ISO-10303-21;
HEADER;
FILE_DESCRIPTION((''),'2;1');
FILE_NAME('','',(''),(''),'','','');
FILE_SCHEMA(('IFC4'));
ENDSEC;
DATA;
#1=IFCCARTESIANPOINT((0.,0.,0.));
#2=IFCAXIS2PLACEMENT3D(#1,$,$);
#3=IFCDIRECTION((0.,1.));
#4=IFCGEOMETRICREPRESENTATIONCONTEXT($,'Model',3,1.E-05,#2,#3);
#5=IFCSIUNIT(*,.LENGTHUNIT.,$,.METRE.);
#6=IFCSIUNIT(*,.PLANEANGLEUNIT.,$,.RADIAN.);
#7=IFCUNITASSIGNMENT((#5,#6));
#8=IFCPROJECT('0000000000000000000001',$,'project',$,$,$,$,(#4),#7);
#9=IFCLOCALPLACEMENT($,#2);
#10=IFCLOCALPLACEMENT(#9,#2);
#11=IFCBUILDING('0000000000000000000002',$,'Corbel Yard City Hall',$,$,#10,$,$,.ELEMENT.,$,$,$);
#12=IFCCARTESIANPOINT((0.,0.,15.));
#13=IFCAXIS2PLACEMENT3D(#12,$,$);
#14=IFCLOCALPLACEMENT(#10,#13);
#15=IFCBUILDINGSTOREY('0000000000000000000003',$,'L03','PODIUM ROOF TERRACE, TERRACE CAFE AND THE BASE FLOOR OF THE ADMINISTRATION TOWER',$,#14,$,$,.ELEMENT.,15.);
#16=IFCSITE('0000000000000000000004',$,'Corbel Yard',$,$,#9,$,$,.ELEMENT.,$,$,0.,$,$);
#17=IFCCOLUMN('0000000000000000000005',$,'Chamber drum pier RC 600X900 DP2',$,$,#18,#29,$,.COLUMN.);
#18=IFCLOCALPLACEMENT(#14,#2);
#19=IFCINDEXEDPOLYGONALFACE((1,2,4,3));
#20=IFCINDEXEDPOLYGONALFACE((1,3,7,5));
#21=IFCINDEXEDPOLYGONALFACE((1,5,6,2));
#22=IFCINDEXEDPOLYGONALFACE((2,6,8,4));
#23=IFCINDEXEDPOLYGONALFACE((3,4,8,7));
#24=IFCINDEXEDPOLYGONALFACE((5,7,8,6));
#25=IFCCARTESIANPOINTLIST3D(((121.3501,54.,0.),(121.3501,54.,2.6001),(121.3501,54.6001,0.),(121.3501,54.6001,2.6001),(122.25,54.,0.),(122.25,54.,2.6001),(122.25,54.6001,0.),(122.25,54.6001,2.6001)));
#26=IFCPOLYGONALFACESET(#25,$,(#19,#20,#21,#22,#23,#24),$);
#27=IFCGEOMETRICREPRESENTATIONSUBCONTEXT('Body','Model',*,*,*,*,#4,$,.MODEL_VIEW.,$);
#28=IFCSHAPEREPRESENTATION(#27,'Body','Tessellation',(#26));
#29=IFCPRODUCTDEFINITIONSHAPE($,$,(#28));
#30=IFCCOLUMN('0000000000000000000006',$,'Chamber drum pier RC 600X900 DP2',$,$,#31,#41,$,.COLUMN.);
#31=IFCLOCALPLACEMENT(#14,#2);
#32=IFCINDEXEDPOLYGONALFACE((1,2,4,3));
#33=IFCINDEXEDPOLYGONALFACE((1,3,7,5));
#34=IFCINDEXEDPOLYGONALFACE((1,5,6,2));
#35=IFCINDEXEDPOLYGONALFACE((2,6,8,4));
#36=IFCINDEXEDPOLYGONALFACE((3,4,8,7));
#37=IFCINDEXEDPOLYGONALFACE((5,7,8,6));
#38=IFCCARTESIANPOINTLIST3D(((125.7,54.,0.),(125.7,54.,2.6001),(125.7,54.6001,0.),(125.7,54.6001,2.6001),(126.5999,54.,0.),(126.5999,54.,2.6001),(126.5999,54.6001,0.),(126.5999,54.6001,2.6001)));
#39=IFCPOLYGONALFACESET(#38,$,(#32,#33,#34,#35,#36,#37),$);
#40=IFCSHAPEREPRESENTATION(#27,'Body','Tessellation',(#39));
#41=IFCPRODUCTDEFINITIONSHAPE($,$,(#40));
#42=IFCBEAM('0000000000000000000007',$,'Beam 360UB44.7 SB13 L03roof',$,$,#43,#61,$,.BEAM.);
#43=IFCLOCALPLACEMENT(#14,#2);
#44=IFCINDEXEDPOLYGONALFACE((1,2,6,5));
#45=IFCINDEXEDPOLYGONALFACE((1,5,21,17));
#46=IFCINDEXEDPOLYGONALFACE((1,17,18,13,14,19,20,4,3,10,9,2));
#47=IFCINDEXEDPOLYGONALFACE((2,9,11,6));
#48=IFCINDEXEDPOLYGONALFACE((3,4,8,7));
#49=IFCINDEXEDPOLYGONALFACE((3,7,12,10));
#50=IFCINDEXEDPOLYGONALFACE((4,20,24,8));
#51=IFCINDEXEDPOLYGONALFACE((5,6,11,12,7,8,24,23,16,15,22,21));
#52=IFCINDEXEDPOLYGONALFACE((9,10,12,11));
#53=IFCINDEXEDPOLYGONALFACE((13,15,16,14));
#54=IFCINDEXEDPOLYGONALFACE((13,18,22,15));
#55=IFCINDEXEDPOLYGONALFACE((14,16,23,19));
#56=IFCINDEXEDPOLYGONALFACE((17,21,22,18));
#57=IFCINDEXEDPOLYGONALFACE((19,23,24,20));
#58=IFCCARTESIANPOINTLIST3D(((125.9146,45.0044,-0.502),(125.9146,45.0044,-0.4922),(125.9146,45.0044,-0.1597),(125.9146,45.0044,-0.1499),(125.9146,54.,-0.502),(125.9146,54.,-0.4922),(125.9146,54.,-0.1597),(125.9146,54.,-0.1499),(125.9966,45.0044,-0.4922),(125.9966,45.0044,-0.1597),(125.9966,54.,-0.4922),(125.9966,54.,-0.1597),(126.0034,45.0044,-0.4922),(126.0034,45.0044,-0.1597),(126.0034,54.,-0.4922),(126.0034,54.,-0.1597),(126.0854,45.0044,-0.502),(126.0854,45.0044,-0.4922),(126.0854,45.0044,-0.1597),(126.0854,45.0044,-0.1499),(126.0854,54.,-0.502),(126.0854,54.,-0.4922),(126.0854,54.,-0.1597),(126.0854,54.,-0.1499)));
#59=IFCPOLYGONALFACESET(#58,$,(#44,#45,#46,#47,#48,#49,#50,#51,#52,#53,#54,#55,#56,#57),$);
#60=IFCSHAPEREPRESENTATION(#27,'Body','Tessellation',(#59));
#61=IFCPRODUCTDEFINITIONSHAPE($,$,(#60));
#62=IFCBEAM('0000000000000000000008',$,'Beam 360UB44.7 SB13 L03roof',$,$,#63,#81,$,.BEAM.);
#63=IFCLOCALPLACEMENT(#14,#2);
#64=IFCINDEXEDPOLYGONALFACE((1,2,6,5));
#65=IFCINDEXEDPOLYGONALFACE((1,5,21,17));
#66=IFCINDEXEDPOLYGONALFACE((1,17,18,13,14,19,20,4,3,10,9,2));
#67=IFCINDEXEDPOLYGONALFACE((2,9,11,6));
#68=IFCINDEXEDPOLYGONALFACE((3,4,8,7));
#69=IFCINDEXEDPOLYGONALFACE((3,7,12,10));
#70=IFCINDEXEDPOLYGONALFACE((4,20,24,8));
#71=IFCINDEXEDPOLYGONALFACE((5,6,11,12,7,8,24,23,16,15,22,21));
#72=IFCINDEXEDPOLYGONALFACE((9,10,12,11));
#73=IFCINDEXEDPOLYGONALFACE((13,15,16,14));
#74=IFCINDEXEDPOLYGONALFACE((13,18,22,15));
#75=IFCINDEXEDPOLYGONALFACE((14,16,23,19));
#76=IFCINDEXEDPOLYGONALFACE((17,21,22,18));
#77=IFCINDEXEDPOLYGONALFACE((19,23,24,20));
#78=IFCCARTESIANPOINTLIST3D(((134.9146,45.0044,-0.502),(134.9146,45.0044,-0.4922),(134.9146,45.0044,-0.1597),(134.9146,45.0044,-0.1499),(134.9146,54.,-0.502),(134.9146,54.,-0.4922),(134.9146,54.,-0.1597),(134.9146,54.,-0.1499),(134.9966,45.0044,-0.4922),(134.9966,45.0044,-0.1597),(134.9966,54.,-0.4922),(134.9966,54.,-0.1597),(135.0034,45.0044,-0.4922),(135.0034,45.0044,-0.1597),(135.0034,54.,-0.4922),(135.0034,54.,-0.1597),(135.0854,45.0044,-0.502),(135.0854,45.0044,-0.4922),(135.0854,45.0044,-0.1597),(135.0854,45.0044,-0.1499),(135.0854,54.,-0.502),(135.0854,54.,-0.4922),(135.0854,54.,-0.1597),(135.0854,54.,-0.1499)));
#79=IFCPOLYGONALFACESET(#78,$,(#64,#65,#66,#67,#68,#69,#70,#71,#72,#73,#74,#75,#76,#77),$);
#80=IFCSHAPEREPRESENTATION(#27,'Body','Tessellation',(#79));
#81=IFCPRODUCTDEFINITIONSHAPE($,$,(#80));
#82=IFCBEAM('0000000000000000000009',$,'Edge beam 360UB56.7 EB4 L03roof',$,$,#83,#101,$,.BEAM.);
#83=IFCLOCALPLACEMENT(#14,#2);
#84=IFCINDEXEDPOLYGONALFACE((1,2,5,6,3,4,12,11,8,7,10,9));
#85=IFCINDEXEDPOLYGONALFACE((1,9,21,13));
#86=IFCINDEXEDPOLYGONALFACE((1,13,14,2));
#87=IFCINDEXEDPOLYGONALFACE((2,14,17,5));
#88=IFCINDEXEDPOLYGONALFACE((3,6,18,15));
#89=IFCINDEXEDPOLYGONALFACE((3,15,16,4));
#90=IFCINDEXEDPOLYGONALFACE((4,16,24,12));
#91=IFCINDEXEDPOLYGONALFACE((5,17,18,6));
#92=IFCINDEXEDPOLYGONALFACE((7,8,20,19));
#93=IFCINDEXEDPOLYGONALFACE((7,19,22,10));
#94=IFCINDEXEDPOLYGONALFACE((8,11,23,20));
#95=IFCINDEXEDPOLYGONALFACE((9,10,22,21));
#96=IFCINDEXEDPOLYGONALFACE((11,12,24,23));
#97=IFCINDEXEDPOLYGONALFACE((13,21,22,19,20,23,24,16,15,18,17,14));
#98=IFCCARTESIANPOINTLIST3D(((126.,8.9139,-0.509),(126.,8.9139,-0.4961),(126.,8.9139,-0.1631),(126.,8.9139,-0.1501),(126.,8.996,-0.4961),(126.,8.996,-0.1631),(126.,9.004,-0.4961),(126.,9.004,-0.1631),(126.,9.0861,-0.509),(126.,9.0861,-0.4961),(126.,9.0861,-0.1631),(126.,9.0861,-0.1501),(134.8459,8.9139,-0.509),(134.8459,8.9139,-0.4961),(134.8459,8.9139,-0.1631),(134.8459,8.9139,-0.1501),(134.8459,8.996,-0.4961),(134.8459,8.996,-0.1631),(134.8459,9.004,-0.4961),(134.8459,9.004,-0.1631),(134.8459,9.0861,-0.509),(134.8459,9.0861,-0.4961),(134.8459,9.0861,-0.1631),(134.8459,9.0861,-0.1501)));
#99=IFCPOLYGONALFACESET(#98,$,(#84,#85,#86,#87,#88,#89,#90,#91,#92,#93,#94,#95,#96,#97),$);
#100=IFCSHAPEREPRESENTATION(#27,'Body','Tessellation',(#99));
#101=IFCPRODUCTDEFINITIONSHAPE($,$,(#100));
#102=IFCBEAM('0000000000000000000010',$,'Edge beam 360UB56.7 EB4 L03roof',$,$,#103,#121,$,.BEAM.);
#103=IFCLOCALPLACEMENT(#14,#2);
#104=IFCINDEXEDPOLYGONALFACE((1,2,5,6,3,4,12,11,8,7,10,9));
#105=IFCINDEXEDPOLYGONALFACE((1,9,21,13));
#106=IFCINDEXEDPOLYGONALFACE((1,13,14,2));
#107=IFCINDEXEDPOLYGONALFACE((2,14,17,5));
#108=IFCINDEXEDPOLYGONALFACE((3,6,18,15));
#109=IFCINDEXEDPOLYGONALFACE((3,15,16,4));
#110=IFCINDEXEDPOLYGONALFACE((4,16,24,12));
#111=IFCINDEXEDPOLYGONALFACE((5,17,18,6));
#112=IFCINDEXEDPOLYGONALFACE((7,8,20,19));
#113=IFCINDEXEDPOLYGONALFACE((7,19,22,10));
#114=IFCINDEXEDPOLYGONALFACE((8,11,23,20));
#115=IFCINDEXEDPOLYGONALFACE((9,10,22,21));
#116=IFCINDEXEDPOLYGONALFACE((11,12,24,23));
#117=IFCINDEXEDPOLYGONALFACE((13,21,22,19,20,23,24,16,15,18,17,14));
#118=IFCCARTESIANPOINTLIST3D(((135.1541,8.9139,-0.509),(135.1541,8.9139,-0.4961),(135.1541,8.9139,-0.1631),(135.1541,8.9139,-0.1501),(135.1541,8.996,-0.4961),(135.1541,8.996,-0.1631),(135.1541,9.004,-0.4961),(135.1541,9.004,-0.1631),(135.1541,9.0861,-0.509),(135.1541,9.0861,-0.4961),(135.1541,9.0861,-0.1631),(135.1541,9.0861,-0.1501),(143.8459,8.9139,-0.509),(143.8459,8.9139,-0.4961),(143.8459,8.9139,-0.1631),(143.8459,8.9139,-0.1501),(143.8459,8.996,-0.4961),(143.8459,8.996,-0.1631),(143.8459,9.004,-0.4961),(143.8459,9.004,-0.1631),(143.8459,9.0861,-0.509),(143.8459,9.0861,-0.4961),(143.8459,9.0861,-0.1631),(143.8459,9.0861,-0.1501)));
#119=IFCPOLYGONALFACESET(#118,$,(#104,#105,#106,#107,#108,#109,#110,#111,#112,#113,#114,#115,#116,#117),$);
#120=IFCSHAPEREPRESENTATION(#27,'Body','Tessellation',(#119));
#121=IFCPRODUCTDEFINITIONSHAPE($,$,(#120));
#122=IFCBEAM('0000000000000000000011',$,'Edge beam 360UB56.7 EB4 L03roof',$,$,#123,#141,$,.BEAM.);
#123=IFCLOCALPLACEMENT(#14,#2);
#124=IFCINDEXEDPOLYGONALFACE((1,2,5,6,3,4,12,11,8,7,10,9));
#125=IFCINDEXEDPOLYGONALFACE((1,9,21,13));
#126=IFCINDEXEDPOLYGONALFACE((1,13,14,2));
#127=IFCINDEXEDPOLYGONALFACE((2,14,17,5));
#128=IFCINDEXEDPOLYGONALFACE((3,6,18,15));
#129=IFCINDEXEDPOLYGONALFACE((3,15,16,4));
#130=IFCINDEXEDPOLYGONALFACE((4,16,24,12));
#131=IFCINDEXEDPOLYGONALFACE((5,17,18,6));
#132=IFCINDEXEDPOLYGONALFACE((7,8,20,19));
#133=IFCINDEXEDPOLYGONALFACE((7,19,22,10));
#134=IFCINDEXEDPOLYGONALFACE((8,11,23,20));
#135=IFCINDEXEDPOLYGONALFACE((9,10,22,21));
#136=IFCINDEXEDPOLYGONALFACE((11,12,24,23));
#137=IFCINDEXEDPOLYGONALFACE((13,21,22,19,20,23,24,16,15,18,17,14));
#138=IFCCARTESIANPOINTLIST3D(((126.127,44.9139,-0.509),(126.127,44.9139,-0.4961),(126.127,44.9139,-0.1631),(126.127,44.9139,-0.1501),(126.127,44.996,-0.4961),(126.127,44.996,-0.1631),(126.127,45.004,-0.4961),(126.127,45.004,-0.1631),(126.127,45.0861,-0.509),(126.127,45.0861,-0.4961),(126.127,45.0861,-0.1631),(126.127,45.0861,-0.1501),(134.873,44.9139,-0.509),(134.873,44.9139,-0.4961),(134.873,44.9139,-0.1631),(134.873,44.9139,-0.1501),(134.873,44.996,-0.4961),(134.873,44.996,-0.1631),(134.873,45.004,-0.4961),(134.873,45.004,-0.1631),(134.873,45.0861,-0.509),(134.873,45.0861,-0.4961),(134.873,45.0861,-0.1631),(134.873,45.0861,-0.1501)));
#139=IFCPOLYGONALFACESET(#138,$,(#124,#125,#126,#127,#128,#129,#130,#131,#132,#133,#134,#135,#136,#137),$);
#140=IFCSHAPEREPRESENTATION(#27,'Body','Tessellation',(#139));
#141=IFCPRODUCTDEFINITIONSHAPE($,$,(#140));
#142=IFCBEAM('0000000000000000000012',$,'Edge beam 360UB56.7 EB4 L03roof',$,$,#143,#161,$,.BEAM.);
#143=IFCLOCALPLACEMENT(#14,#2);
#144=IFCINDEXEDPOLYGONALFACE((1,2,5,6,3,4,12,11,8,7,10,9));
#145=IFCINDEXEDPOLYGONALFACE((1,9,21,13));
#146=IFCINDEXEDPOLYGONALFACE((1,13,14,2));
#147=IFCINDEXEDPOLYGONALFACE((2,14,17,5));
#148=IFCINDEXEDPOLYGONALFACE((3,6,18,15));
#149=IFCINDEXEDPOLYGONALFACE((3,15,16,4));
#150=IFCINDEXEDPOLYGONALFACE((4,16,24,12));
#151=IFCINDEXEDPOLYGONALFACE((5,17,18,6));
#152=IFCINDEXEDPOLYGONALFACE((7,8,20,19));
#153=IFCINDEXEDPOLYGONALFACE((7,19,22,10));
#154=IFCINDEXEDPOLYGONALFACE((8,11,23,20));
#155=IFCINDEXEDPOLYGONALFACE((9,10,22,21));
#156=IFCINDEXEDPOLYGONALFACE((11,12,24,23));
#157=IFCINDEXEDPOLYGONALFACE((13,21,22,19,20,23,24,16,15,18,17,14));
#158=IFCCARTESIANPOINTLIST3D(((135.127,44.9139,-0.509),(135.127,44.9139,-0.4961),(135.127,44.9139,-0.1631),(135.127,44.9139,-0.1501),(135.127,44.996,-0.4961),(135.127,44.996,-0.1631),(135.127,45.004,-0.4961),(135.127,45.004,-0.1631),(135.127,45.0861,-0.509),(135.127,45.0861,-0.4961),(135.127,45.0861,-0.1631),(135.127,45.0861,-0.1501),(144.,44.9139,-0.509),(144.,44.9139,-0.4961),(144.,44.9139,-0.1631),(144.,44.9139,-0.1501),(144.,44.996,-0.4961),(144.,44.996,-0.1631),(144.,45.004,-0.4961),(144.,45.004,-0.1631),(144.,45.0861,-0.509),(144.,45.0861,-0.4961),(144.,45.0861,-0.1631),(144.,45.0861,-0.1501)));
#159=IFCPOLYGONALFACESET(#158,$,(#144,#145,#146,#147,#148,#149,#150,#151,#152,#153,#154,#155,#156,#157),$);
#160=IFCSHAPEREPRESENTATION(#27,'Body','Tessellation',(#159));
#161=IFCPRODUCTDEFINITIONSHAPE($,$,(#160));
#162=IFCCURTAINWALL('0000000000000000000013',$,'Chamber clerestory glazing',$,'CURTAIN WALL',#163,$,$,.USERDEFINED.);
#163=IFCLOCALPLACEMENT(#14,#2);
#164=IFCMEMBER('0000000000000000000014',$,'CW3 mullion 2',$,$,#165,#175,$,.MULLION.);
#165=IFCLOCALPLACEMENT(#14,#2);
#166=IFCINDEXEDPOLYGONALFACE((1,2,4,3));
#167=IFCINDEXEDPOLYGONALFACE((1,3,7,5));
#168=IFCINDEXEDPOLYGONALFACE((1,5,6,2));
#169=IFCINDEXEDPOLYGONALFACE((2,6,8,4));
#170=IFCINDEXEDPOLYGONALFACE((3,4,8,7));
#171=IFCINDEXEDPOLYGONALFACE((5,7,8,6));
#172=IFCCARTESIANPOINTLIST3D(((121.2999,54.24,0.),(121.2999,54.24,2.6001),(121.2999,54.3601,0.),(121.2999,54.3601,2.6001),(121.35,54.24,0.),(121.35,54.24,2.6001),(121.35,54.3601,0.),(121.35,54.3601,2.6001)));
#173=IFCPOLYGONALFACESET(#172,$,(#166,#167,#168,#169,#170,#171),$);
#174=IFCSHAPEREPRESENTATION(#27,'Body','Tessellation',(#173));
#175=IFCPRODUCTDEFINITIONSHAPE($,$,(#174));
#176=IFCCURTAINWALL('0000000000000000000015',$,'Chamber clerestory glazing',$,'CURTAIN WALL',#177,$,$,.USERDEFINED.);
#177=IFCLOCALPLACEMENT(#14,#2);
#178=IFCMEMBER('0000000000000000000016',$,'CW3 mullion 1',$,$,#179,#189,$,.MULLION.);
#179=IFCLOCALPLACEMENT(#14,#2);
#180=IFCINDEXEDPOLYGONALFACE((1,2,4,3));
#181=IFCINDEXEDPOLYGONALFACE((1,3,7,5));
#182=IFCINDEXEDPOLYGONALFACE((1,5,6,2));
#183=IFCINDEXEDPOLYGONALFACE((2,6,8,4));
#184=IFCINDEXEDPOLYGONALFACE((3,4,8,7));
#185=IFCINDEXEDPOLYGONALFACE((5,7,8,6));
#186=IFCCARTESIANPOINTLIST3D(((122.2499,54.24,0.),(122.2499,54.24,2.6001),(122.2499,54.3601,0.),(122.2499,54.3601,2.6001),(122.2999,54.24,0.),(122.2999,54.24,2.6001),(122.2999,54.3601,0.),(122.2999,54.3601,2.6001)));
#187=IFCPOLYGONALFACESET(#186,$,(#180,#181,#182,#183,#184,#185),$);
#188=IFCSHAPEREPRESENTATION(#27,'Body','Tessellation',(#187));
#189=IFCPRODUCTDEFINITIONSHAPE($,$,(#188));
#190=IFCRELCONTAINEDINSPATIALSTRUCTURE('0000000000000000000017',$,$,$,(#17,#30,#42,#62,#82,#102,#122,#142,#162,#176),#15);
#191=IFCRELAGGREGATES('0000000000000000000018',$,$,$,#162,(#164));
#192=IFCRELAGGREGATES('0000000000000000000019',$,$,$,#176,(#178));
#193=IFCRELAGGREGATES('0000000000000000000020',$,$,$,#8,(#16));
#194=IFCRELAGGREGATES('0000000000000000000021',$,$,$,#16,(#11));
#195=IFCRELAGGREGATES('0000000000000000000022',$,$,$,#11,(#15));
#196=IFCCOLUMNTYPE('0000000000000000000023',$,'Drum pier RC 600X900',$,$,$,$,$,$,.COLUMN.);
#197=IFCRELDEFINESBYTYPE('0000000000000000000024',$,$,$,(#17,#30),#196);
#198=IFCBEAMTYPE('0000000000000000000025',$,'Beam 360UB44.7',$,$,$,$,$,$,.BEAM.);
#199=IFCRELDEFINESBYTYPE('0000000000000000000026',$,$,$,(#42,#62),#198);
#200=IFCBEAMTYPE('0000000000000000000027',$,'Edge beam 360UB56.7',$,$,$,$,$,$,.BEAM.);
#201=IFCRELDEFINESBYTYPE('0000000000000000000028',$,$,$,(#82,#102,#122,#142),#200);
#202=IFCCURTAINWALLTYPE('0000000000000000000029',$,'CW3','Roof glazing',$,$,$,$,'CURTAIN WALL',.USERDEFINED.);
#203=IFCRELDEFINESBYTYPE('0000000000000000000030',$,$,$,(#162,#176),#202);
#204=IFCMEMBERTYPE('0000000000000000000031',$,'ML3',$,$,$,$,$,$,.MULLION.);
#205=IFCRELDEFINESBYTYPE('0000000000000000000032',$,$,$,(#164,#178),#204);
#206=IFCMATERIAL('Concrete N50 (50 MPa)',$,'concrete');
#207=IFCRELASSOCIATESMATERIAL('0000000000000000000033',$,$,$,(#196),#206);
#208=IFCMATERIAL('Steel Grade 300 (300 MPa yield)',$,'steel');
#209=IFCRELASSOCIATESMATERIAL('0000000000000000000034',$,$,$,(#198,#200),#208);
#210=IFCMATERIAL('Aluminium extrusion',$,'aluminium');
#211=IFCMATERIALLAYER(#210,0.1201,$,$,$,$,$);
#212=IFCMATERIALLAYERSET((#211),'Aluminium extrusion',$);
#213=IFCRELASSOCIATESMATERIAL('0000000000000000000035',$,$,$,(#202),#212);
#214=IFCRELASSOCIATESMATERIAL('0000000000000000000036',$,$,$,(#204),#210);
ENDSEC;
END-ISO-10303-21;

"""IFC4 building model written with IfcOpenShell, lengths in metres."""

from ifc_helpers import new_model, si_unit, direction, frame, origin, origin_2d, place, context, subcontext, project, spatial, rectangle, i_section, extrude, material, layer, layer_set, material_profile, profile_set, type_object, element, aggregate, save


model = new_model("IFC4")

# Units and contexts
model_context = context("Model", 3, precision=1e-05, world=origin(), true_north=direction((0.0, 1.0)))
body_context = subcontext(model_context, "Body", "Model", "MODEL_VIEW")
ifc_project = project(units=[si_unit("LENGTHUNIT", "METRE"), si_unit("PLANEANGLEUNIT", "RADIAN")], contexts=[model_context])

# Site, building, storey
site_placement = place(None, origin())
site = spatial("IfcSite", under=ifc_project, at=site_placement, Name="Corbel Yard", CompositionType="ELEMENT", RefElevation=0.0)
building_placement = place(site_placement, origin())
building = spatial("IfcBuilding", under=site, at=building_placement, Name="Corbel Yard City Hall", CompositionType="ELEMENT")
storey_placement = place(building_placement, frame((0.0, 0.0, 15.0)))
storey = spatial("IfcBuildingStorey", under=building, at=storey_placement, Name="L03", Description="PODIUM ROOF TERRACE, TERRACE CAFE AND THE BASE FLOOR OF THE ADMINISTRATION TOWER", CompositionType="ELEMENT", Elevation=15.0)

# Columns
ifc_material_1 = material(Name="Concrete N50 (50 MPa)", Category="concrete")
ifc_material_profile_1 = material_profile(ifc_material_1, rectangle(XDim=0.6001, YDim=0.8999, at=origin_2d()), Name="600x900")
ifc_profile_set_1 = profile_set([ifc_material_profile_1], Name="Concrete N50 (50 MPa)")
column_type = type_object("IfcColumnType", Name="Drum pier RC 600X900", PredefinedType="COLUMN", material=ifc_profile_set_1)
for number, where, z_axis, x_axis, name in (
    (1, (121.8, 54.3, 0.0), (0.0, 0.0, 1.0), (0.0, 1.0, 0.0), "Chamber drum pier RC 600X900 DP2"),
    (2, (126.1499, 54.3, 0.0), (0.0, 0.0, 1.0), (0.0, 1.0, 0.0), "Chamber drum pier RC 600X900 DP2"),
):
    element("IfcColumn", number, at=place(storey_placement, frame(where, z_axis=z_axis, x_axis=x_axis)), inside=storey, type_object=column_type, Name=name, PredefinedType="COLUMN", context=body_context, shape_type="SweptSolid", body=[
        extrude(rectangle(XDim=0.6001, YDim=0.8999, at=origin_2d()), origin(), (0.0, 0.0, 1.0), 2.6001),
    ])

# Beams
ifc_material_2 = material(Name="Steel Grade 300 (300 MPa yield)", Category="steel")
ifc_material_profile_2 = material_profile(ifc_material_2, i_section(OverallWidth=0.1709, OverallDepth=0.3521, WebThickness=0.0068, FlangeThickness=0.0098, at=origin_2d()), Name="360UB44.7")
ifc_profile_set_2 = profile_set([ifc_material_profile_2], Name="Steel Grade 300 (300 MPa yield)")
beam_type_1 = type_object("IfcBeamType", Name="Beam 360UB44.7", PredefinedType="BEAM", material=ifc_profile_set_2)
for number, where, z_axis, x_axis, name in (
    (3, (126.0, 45.0044, -0.3259), (0.0, 1.0, 0.0), (-1.0, 0.0, 0.0), "Beam 360UB44.7 SB13 L03roof"),
    (4, (135.0, 45.0044, -0.3259), (0.0, 1.0, 0.0), (-1.0, 0.0, 0.0), "Beam 360UB44.7 SB13 L03roof"),
):
    element("IfcBeam", number, at=place(storey_placement, frame(where, z_axis=z_axis, x_axis=x_axis)), inside=storey, type_object=beam_type_1, Name=name, PredefinedType="BEAM", context=body_context, shape_type="SweptSolid", body=[
        extrude(i_section(OverallWidth=0.1709, OverallDepth=0.3521, WebThickness=0.0068, FlangeThickness=0.0098, at=origin_2d()), origin(), (0.0, 0.0, 1.0), 8.9956),
    ])
ifc_material_profile_3 = material_profile(ifc_material_2, i_section(OverallWidth=0.1721, OverallDepth=0.3589, WebThickness=0.0081, FlangeThickness=0.0129, at=origin_2d()), Name="360UB56.7")
ifc_profile_set_3 = profile_set([ifc_material_profile_3], Name="Steel Grade 300 (300 MPa yield)")
beam_type_2 = type_object("IfcBeamType", Name="Edge beam 360UB56.7", PredefinedType="BEAM", material=ifc_profile_set_3)
beam_1_placement = place(storey_placement, frame((126.0, 9.0, -0.3296), z_axis=(1.0, 0.0, 0.0), x_axis=(0.0, 1.0, 0.0)))
element("IfcBeam", 5, at=beam_1_placement, inside=storey, type_object=beam_type_2, Name="Edge beam 360UB56.7 EB4 L03roof", PredefinedType="BEAM", context=body_context, shape_type="SweptSolid", body=[
    extrude(i_section(OverallWidth=0.1721, OverallDepth=0.3589, WebThickness=0.0081, FlangeThickness=0.0129, at=origin_2d()), origin(), (0.0, 0.0, 1.0), 8.8459),
])
beam_2_placement = place(storey_placement, frame((135.1541, 9.0, -0.3296), z_axis=(1.0, 0.0, 0.0), x_axis=(0.0, 1.0, 0.0)))
element("IfcBeam", 6, at=beam_2_placement, inside=storey, type_object=beam_type_2, Name="Edge beam 360UB56.7 EB4 L03roof", PredefinedType="BEAM", context=body_context, shape_type="SweptSolid", body=[
    extrude(i_section(OverallWidth=0.1721, OverallDepth=0.3589, WebThickness=0.0081, FlangeThickness=0.0129, at=origin_2d()), origin(), (0.0, 0.0, 1.0), 8.6919),
])
beam_3_placement = place(storey_placement, frame((126.127, 45.0, -0.3296), z_axis=(1.0, 0.0, 0.0), x_axis=(0.0, 1.0, 0.0)))
element("IfcBeam", 7, at=beam_3_placement, inside=storey, type_object=beam_type_2, Name="Edge beam 360UB56.7 EB4 L03roof", PredefinedType="BEAM", context=body_context, shape_type="SweptSolid", body=[
    extrude(i_section(OverallWidth=0.1721, OverallDepth=0.3589, WebThickness=0.0081, FlangeThickness=0.0129, at=origin_2d()), origin(), (0.0, 0.0, 1.0), 8.7461),
])
beam_4_placement = place(storey_placement, frame((135.127, 45.0, -0.3296), z_axis=(1.0, 0.0, 0.0), x_axis=(0.0, 1.0, 0.0)))
element("IfcBeam", 8, at=beam_4_placement, inside=storey, type_object=beam_type_2, Name="Edge beam 360UB56.7 EB4 L03roof", PredefinedType="BEAM", context=body_context, shape_type="SweptSolid", body=[
    extrude(i_section(OverallWidth=0.1721, OverallDepth=0.3589, WebThickness=0.0081, FlangeThickness=0.0129, at=origin_2d()), origin(), (0.0, 0.0, 1.0), 8.873),
])

# Curtain wall, member
ifc_material_3 = material(Name="Aluminium extrusion", Category="aluminium")
ifc_layer_1 = layer(ifc_material_3, 0.1201)
ifc_layer_set_1 = layer_set([ifc_layer_1], Name="Aluminium extrusion")
curtain_wall_type_1 = type_object("IfcCurtainWallType", Name="CW3", Description="Roof glazing", ElementType="CURTAIN WALL", PredefinedType="USERDEFINED", material=ifc_layer_set_1)
curtain_wall_1_placement = place(storey_placement, origin())
curtain_wall_1 = element("IfcCurtainWall", 9, at=curtain_wall_1_placement, inside=storey, type_object=curtain_wall_type_1, Name="Chamber clerestory glazing", ObjectType="CURTAIN WALL", PredefinedType="USERDEFINED")
ifc_material_profile_4 = material_profile(ifc_material_3, rectangle(XDim=0.1201, YDim=0.05, at=origin_2d()), Name="120x50")
ifc_profile_set_4 = profile_set([ifc_material_profile_4], Name="Aluminium extrusion")
member_type_1 = type_object("IfcMemberType", Name="ML3", PredefinedType="MULLION", material=ifc_profile_set_4)
member_1_placement = place(storey_placement, frame((121.325, 54.3, 0.0), z_axis=(0.0, 0.0, 1.0), x_axis=(0.0, 1.0, 0.0)))
member_1 = element("IfcMember", 10, at=member_1_placement, type_object=member_type_1, Name="CW3 mullion 2", PredefinedType="MULLION", context=body_context, shape_type="SweptSolid", body=[
    extrude(rectangle(XDim=0.1201, YDim=0.05, at=origin_2d()), origin(), (0.0, 0.0, 1.0), 2.6001),
])

# Curtain wall, member
curtain_wall_2_placement = place(storey_placement, origin())
curtain_wall_2 = element("IfcCurtainWall", 11, at=curtain_wall_2_placement, inside=storey, type_object=curtain_wall_type_1, Name="Chamber clerestory glazing", ObjectType="CURTAIN WALL", PredefinedType="USERDEFINED")
member_2_placement = place(storey_placement, frame((122.2749, 54.3, 0.0), z_axis=(0.0, 0.0, 1.0), x_axis=(0.0, 1.0, 0.0)))
member_2 = element("IfcMember", 12, at=member_2_placement, type_object=member_type_1, Name="CW3 mullion 1", PredefinedType="MULLION", context=body_context, shape_type="SweptSolid", body=[
    extrude(rectangle(XDim=0.1201, YDim=0.05, at=origin_2d()), origin(), (0.0, 0.0, 1.0), 2.6001),
])

aggregate(curtain_wall_1, [member_1])
aggregate(curtain_wall_2, [member_2])

save(model, "model.ifc")
